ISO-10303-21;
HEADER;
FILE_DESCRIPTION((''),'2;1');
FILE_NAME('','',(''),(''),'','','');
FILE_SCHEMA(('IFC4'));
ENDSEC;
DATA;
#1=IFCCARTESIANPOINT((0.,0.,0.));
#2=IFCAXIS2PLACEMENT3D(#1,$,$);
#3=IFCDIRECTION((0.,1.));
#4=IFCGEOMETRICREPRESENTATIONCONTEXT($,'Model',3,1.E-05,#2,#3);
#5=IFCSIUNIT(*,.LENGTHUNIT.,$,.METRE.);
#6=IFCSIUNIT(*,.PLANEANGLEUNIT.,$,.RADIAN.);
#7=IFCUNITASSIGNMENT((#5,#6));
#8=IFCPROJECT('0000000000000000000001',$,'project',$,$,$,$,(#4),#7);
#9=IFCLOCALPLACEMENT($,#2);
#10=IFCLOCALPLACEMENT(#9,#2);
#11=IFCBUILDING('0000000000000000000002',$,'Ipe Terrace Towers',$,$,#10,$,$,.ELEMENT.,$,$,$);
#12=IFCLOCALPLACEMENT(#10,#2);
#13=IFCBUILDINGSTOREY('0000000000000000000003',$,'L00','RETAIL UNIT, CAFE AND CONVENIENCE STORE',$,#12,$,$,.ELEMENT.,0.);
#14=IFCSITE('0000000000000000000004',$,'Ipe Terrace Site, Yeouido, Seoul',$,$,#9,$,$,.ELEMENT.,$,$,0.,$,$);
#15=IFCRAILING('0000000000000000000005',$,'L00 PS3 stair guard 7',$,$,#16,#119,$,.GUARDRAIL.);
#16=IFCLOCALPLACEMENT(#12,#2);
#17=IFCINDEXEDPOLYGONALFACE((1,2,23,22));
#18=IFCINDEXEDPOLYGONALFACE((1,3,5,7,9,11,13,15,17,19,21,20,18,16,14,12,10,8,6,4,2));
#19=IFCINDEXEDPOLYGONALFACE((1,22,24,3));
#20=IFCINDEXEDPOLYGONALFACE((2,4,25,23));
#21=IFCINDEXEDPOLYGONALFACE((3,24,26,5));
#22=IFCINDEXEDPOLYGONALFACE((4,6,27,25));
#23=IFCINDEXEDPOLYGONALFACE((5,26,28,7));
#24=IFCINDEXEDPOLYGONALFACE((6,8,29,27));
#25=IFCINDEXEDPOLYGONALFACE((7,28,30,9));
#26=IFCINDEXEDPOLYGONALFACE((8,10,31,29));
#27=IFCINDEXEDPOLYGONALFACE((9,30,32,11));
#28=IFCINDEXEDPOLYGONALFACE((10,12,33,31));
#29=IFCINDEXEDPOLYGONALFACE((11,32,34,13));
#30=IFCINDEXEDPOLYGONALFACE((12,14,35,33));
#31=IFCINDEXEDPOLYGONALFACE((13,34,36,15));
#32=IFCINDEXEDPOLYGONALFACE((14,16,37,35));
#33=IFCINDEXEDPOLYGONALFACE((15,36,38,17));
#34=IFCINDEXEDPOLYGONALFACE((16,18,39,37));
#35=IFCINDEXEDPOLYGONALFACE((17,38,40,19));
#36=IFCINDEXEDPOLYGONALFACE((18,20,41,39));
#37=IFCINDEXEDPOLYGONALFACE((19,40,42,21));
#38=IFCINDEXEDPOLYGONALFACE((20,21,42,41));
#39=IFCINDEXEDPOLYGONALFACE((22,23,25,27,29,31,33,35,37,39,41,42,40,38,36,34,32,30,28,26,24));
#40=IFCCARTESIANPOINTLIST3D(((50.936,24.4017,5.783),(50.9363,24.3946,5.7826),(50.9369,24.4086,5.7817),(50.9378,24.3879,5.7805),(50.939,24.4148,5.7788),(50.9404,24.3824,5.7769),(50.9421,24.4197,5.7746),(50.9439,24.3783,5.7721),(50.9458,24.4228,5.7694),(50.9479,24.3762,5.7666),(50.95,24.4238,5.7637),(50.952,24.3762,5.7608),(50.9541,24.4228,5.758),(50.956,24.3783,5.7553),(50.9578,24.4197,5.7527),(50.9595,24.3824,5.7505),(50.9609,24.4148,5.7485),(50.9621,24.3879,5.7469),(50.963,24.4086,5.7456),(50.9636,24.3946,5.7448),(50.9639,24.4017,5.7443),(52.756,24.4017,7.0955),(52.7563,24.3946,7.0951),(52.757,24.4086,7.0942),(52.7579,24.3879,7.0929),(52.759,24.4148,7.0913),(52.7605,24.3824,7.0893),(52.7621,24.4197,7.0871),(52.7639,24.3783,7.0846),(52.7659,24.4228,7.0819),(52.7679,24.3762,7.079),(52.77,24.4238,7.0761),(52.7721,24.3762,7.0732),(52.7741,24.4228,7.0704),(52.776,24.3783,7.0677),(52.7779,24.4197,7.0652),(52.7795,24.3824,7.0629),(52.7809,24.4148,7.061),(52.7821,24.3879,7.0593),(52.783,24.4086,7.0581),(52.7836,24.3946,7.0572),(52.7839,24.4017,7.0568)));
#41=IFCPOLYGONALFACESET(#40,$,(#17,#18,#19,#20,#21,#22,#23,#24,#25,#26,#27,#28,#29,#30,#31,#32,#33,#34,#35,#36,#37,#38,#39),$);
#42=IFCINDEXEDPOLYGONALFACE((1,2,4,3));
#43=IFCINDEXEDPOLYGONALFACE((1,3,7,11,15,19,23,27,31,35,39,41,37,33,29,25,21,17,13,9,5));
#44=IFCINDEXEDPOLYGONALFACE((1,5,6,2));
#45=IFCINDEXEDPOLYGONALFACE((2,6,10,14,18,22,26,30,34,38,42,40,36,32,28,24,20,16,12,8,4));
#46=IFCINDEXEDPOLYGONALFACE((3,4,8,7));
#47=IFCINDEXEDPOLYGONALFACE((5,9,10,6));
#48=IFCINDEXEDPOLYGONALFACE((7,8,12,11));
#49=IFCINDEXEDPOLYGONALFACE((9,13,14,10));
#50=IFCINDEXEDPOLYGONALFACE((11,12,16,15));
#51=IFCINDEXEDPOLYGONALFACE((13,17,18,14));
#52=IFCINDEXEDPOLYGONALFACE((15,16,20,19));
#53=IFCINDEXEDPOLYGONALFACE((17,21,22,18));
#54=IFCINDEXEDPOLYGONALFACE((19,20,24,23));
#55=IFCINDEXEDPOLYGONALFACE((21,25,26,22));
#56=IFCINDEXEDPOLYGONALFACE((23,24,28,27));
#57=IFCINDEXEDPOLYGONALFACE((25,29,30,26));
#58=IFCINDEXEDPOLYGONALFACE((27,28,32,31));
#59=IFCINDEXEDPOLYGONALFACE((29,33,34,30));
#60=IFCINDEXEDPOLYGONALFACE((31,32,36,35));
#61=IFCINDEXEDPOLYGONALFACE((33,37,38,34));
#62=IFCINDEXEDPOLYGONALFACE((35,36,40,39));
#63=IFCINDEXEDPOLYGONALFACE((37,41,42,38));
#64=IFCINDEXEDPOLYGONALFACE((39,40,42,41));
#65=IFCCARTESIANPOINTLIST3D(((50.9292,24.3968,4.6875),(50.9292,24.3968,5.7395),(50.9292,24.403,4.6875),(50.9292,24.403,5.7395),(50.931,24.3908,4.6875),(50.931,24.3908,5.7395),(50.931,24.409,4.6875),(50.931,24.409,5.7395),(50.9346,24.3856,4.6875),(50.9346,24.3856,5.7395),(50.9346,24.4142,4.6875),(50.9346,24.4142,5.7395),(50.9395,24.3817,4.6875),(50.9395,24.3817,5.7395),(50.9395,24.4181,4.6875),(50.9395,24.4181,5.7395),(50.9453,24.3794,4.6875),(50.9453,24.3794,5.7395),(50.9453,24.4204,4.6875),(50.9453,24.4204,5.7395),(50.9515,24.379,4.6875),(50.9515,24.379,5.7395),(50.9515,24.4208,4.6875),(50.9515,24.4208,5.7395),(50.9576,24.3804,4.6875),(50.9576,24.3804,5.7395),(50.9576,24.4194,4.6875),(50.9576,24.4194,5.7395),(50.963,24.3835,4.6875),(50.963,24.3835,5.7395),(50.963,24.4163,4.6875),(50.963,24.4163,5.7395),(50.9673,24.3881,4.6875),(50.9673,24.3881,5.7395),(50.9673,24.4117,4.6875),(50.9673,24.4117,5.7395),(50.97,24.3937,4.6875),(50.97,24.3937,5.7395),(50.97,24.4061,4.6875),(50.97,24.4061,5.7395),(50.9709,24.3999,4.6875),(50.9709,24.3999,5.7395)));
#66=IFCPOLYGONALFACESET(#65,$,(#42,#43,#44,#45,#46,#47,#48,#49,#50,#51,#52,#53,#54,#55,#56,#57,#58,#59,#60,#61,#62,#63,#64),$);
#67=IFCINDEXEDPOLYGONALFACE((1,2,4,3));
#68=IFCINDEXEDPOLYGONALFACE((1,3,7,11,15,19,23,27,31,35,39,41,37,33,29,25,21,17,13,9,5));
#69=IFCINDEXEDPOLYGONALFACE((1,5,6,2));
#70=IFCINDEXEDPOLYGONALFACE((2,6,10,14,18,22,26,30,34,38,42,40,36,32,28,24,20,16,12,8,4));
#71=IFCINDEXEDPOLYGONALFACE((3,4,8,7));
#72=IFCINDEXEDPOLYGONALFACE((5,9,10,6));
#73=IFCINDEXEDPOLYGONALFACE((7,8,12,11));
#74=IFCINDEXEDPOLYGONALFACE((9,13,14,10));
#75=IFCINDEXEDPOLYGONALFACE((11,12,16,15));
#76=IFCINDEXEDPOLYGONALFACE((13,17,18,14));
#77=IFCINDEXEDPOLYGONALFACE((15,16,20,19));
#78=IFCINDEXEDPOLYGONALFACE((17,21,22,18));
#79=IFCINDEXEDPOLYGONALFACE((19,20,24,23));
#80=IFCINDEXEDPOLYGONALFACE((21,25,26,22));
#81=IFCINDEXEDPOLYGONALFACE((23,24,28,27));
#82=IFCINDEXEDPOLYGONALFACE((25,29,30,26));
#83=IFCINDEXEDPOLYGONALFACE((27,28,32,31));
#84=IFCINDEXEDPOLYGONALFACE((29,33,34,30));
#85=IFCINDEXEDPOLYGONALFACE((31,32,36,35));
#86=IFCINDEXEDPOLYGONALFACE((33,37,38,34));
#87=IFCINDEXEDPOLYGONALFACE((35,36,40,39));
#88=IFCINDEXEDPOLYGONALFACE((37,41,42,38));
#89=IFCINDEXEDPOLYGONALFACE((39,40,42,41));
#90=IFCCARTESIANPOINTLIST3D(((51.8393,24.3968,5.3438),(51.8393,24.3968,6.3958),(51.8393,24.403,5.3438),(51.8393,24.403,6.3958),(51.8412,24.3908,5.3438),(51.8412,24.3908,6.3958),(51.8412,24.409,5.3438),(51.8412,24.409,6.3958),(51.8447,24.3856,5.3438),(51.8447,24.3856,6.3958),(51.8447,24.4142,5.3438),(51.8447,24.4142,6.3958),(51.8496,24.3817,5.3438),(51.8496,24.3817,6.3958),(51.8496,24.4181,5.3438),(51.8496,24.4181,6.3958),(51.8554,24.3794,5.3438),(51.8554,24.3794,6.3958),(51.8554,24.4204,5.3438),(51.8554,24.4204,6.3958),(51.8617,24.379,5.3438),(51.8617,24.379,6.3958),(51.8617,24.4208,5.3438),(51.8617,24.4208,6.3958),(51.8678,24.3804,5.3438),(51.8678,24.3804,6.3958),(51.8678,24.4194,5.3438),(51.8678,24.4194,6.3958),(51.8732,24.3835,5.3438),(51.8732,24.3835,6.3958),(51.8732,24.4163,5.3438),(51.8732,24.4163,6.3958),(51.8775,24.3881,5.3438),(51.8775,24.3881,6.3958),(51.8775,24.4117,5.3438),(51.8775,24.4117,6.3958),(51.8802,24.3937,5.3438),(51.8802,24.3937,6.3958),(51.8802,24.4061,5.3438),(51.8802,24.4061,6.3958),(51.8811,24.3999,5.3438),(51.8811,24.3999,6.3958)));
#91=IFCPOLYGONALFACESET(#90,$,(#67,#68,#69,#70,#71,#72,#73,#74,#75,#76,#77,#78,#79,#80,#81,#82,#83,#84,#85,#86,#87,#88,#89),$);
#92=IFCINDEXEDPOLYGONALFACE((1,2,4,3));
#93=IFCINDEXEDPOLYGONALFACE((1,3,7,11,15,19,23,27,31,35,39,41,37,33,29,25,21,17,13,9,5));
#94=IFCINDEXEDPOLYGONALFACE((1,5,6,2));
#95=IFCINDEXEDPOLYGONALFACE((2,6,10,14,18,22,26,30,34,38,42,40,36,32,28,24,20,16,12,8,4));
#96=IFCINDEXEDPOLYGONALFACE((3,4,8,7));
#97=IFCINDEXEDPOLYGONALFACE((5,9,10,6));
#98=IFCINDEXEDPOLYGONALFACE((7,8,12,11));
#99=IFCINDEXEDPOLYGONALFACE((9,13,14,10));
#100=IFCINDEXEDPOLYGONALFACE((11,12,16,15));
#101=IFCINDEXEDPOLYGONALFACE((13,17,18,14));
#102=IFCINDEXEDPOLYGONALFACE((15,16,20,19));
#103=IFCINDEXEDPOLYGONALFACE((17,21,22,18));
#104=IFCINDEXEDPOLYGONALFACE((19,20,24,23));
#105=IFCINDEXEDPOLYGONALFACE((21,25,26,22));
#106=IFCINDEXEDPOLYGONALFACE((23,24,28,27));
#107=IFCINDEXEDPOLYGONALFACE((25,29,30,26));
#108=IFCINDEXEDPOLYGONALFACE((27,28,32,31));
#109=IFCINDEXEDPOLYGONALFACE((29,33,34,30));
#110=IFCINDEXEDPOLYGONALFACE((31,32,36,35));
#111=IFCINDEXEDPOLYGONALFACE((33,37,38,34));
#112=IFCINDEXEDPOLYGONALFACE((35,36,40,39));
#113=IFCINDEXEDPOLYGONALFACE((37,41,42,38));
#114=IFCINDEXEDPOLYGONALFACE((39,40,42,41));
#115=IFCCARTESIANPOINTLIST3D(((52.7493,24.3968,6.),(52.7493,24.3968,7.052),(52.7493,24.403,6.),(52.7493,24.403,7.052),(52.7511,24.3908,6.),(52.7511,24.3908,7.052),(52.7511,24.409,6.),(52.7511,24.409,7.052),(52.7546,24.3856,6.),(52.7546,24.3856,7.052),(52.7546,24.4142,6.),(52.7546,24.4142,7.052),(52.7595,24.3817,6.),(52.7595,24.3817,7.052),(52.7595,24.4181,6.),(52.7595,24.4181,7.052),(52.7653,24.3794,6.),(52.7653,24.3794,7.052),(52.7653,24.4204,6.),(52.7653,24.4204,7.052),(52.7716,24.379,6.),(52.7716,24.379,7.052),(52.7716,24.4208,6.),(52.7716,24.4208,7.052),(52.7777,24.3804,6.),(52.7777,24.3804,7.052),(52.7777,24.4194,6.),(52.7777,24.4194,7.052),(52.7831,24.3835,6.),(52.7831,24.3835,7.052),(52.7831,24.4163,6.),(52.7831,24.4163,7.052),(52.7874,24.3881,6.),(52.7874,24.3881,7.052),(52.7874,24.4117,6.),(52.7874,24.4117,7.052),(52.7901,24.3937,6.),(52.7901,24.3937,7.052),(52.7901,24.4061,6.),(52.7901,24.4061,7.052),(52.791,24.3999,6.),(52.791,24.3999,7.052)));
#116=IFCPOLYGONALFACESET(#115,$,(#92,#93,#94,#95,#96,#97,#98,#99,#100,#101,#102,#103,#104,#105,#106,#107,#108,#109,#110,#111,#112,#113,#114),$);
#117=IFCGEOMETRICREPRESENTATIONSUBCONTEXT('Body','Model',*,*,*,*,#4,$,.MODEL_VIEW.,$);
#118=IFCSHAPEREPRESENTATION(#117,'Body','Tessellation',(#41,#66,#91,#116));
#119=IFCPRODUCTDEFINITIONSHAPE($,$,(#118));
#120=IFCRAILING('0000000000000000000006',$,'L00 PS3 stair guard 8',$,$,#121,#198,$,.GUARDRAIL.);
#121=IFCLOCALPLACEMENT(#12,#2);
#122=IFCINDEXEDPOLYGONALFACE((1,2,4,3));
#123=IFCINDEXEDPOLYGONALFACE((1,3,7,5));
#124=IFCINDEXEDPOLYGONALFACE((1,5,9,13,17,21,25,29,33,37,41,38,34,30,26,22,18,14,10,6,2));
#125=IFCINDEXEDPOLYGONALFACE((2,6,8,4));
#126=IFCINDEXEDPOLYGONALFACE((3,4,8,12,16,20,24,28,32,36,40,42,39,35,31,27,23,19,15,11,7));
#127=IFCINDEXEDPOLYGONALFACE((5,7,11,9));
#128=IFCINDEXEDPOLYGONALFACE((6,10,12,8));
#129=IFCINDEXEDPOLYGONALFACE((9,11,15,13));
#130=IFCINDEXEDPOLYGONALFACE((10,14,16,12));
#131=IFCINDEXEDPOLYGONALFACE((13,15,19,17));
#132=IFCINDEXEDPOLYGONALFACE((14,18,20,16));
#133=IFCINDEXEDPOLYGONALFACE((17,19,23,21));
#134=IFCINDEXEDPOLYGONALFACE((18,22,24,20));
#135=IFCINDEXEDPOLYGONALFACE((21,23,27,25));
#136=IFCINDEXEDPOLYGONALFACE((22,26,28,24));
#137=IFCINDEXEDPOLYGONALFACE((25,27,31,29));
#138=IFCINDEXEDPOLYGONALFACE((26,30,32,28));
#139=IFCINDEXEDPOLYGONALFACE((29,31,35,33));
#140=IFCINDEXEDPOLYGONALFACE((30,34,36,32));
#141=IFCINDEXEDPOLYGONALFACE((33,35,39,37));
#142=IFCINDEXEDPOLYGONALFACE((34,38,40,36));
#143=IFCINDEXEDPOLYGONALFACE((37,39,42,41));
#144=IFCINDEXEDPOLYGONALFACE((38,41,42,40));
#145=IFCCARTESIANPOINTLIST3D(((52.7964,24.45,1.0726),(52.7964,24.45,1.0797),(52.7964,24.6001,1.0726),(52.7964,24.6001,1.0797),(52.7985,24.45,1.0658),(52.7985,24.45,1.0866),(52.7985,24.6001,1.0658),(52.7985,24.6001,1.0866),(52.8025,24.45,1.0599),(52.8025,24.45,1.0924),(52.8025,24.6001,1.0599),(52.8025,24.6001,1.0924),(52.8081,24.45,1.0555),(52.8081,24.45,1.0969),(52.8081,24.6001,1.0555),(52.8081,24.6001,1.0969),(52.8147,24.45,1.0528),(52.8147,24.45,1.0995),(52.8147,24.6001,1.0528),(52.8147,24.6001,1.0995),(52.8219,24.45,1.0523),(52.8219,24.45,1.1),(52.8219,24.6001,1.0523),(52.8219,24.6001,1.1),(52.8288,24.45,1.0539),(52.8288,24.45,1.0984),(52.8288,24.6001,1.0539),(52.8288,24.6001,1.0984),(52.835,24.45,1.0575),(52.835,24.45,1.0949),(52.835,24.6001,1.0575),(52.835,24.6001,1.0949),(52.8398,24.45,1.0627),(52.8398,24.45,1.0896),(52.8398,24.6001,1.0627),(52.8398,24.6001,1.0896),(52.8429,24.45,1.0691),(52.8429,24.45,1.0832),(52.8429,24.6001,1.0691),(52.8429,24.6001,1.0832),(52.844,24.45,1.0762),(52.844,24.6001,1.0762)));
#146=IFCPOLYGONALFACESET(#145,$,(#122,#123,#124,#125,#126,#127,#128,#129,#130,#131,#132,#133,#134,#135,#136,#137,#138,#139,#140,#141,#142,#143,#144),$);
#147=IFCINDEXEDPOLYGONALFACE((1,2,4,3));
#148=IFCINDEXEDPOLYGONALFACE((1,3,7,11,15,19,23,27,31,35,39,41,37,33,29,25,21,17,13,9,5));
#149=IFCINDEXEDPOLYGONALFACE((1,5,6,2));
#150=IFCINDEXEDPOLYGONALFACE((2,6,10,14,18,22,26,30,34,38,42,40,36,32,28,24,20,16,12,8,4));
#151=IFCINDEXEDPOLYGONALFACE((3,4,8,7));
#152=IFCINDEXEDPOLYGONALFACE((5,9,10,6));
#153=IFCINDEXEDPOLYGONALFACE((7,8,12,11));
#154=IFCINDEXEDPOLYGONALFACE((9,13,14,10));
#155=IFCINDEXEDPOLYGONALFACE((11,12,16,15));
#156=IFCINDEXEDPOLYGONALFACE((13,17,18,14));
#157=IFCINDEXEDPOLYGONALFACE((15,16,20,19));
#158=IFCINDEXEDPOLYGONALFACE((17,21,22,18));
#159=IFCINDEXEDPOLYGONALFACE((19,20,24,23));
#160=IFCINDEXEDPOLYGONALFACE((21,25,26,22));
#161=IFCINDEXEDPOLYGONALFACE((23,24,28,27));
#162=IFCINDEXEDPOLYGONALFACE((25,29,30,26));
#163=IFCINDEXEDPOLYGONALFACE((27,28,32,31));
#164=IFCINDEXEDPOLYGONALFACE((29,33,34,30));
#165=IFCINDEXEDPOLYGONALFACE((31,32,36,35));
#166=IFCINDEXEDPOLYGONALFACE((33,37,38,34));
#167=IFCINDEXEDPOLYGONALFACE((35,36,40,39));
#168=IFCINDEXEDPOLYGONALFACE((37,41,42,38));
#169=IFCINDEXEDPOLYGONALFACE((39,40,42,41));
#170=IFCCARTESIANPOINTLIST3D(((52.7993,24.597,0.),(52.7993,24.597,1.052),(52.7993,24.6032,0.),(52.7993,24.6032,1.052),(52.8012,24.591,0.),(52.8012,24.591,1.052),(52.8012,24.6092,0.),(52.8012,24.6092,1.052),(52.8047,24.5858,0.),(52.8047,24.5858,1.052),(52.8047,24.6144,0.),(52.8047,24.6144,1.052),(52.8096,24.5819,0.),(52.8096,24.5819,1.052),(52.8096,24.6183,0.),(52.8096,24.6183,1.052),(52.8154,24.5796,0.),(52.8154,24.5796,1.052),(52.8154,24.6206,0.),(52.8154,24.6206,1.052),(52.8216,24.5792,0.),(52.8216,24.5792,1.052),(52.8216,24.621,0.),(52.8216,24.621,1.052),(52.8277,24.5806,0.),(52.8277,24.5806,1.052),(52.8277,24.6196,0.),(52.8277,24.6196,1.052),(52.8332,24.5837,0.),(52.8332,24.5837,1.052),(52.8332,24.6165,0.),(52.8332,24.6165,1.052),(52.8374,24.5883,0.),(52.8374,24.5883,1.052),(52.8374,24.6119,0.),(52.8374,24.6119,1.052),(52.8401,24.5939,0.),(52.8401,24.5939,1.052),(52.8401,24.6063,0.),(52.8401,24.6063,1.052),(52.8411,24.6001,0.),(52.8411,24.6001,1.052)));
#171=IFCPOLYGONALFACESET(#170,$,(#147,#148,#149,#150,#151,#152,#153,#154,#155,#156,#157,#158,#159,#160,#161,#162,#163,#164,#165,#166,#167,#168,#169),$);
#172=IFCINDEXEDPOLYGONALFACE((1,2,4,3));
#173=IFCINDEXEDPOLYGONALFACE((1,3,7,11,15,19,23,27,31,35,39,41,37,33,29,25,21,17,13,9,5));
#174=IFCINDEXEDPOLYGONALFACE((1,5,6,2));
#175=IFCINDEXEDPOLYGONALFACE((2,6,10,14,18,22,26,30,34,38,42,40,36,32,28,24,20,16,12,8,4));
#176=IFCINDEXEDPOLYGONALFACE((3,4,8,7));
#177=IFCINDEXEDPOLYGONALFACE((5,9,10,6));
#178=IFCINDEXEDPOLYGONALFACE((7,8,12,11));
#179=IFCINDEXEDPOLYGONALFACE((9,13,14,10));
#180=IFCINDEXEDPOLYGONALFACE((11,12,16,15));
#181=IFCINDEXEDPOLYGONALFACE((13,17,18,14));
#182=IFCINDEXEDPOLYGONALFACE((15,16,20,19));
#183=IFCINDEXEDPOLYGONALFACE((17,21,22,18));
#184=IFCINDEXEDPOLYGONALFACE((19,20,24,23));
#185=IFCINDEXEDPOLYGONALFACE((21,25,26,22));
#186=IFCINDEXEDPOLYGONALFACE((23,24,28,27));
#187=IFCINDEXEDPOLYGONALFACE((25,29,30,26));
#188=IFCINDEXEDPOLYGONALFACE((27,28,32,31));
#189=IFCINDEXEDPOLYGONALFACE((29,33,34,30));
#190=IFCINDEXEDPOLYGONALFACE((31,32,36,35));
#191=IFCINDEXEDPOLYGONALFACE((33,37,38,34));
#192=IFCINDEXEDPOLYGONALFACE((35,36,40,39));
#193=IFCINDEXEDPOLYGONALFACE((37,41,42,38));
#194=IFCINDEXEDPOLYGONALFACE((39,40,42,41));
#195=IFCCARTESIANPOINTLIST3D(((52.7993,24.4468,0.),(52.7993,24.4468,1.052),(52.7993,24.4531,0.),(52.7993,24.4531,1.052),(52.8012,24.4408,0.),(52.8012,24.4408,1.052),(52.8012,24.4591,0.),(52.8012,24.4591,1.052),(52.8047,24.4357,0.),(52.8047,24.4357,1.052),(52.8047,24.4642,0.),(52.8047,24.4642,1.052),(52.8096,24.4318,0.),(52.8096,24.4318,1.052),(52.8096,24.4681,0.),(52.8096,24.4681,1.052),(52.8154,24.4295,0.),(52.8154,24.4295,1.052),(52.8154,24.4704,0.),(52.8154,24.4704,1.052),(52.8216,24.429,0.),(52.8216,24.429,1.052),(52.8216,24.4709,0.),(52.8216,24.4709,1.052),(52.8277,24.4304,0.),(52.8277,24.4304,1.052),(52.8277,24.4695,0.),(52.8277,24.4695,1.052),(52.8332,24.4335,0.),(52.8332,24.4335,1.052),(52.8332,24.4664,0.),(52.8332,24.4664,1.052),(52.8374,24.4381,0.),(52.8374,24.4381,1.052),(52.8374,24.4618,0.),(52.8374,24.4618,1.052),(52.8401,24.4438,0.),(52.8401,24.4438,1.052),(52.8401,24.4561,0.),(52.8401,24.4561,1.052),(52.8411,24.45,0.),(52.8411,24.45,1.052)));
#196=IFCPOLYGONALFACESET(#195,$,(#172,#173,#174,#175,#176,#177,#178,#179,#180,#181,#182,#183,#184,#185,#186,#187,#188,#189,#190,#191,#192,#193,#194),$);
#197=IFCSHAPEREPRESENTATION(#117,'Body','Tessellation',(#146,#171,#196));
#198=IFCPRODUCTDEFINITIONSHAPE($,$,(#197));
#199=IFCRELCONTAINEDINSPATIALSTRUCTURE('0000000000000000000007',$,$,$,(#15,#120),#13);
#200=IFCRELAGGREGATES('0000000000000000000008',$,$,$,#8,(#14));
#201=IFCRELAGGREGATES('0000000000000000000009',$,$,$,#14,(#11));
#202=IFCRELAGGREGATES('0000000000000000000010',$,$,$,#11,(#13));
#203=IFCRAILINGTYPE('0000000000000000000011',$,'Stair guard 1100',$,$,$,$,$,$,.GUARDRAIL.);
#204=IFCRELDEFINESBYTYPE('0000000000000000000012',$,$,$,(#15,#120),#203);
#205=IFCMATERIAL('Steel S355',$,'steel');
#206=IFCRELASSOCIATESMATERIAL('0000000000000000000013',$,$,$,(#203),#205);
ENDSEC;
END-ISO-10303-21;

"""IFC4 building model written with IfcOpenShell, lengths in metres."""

from ifc_helpers import new_model, si_unit, direction, frame, origin, origin_2d, place, context, subcontext, project, spatial, circle, extrude, material, type_object, element, save


model = new_model("IFC4")

# Units and contexts
model_context = context("Model", 3, precision=1e-05, world=origin(), true_north=direction((0.0, 1.0)))
body_context = subcontext(model_context, "Body", "Model", "MODEL_VIEW")
ifc_project = project(units=[si_unit("LENGTHUNIT", "METRE"), si_unit("PLANEANGLEUNIT", "RADIAN")], contexts=[model_context])

# Site, building, storey
site_placement = place(None, origin())
site = spatial("IfcSite", under=ifc_project, at=site_placement, Name="Ipe Terrace Site, Yeouido, Seoul", CompositionType="ELEMENT", RefElevation=0.0)
building_placement = place(site_placement, origin())
building = spatial("IfcBuilding", under=site, at=building_placement, Name="Ipe Terrace Towers", CompositionType="ELEMENT")
storey_placement = place(building_placement, origin())
storey = spatial("IfcBuildingStorey", under=building, at=storey_placement, Name="L00", Description="RETAIL UNIT, CAFE AND CONVENIENCE STORE", CompositionType="ELEMENT", Elevation=0.0)

# Railings
ifc_material_1 = material(Name="Steel S355", Category="steel")
railing_type_1 = type_object("IfcRailingType", Name="Stair guard 1100", PredefinedType="GUARDRAIL", material=ifc_material_1)
railing_1_placement = place(storey_placement, frame((50.95, 24.3999, 4.6875)))
element("IfcRailing", 1, at=railing_1_placement, inside=storey, type_object=railing_type_1, Name="L00 PS3 stair guard 7", PredefinedType="GUARDRAIL", context=body_context, shape_type="SweptSolid", body=[
    extrude(circle(Radius=0.0239, at=origin_2d()), frame((0.0, 0.0, 1.0762), z_axis=(0.811101, 0.0, 0.584906), x_axis=(0.0, 1.0, 0.0)), (0.0, 0.0, 1.0), 2.2439),
    extrude(circle(Radius=0.021, at=origin_2d()), origin(), (0.0, 0.0, 1.0), 1.052),
    extrude(circle(Radius=0.021, at=origin_2d()), frame((0.9102, 0.0, 0.6562)), (0.0, 0.0, 1.0), 1.052),
    extrude(circle(Radius=0.021, at=origin_2d()), frame((1.8201, 0.0, 1.3125)), (0.0, 0.0, 1.0), 1.052),
])
railing_2_placement = place(storey_placement, frame((52.8201, 24.6001, 0.0)))
element("IfcRailing", 2, at=railing_2_placement, inside=storey, type_object=railing_type_1, Name="L00 PS3 stair guard 8", PredefinedType="GUARDRAIL", context=body_context, shape_type="SweptSolid", body=[
    extrude(circle(Radius=0.0239, at=origin_2d()), frame((0.0, 0.0, 1.0762), z_axis=(0.0, -1.0, 0.0), x_axis=(1.0, 0.0, 0.0)), (0.0, 0.0, 1.0), 0.1501),
    extrude(circle(Radius=0.021, at=origin_2d()), origin(), (0.0, 0.0, 1.0), 1.052),
    extrude(circle(Radius=0.021, at=origin_2d()), frame((0.0, -0.1501, 0.0)), (0.0, 0.0, 1.0), 1.052),
])

save(model, "model.ifc")
